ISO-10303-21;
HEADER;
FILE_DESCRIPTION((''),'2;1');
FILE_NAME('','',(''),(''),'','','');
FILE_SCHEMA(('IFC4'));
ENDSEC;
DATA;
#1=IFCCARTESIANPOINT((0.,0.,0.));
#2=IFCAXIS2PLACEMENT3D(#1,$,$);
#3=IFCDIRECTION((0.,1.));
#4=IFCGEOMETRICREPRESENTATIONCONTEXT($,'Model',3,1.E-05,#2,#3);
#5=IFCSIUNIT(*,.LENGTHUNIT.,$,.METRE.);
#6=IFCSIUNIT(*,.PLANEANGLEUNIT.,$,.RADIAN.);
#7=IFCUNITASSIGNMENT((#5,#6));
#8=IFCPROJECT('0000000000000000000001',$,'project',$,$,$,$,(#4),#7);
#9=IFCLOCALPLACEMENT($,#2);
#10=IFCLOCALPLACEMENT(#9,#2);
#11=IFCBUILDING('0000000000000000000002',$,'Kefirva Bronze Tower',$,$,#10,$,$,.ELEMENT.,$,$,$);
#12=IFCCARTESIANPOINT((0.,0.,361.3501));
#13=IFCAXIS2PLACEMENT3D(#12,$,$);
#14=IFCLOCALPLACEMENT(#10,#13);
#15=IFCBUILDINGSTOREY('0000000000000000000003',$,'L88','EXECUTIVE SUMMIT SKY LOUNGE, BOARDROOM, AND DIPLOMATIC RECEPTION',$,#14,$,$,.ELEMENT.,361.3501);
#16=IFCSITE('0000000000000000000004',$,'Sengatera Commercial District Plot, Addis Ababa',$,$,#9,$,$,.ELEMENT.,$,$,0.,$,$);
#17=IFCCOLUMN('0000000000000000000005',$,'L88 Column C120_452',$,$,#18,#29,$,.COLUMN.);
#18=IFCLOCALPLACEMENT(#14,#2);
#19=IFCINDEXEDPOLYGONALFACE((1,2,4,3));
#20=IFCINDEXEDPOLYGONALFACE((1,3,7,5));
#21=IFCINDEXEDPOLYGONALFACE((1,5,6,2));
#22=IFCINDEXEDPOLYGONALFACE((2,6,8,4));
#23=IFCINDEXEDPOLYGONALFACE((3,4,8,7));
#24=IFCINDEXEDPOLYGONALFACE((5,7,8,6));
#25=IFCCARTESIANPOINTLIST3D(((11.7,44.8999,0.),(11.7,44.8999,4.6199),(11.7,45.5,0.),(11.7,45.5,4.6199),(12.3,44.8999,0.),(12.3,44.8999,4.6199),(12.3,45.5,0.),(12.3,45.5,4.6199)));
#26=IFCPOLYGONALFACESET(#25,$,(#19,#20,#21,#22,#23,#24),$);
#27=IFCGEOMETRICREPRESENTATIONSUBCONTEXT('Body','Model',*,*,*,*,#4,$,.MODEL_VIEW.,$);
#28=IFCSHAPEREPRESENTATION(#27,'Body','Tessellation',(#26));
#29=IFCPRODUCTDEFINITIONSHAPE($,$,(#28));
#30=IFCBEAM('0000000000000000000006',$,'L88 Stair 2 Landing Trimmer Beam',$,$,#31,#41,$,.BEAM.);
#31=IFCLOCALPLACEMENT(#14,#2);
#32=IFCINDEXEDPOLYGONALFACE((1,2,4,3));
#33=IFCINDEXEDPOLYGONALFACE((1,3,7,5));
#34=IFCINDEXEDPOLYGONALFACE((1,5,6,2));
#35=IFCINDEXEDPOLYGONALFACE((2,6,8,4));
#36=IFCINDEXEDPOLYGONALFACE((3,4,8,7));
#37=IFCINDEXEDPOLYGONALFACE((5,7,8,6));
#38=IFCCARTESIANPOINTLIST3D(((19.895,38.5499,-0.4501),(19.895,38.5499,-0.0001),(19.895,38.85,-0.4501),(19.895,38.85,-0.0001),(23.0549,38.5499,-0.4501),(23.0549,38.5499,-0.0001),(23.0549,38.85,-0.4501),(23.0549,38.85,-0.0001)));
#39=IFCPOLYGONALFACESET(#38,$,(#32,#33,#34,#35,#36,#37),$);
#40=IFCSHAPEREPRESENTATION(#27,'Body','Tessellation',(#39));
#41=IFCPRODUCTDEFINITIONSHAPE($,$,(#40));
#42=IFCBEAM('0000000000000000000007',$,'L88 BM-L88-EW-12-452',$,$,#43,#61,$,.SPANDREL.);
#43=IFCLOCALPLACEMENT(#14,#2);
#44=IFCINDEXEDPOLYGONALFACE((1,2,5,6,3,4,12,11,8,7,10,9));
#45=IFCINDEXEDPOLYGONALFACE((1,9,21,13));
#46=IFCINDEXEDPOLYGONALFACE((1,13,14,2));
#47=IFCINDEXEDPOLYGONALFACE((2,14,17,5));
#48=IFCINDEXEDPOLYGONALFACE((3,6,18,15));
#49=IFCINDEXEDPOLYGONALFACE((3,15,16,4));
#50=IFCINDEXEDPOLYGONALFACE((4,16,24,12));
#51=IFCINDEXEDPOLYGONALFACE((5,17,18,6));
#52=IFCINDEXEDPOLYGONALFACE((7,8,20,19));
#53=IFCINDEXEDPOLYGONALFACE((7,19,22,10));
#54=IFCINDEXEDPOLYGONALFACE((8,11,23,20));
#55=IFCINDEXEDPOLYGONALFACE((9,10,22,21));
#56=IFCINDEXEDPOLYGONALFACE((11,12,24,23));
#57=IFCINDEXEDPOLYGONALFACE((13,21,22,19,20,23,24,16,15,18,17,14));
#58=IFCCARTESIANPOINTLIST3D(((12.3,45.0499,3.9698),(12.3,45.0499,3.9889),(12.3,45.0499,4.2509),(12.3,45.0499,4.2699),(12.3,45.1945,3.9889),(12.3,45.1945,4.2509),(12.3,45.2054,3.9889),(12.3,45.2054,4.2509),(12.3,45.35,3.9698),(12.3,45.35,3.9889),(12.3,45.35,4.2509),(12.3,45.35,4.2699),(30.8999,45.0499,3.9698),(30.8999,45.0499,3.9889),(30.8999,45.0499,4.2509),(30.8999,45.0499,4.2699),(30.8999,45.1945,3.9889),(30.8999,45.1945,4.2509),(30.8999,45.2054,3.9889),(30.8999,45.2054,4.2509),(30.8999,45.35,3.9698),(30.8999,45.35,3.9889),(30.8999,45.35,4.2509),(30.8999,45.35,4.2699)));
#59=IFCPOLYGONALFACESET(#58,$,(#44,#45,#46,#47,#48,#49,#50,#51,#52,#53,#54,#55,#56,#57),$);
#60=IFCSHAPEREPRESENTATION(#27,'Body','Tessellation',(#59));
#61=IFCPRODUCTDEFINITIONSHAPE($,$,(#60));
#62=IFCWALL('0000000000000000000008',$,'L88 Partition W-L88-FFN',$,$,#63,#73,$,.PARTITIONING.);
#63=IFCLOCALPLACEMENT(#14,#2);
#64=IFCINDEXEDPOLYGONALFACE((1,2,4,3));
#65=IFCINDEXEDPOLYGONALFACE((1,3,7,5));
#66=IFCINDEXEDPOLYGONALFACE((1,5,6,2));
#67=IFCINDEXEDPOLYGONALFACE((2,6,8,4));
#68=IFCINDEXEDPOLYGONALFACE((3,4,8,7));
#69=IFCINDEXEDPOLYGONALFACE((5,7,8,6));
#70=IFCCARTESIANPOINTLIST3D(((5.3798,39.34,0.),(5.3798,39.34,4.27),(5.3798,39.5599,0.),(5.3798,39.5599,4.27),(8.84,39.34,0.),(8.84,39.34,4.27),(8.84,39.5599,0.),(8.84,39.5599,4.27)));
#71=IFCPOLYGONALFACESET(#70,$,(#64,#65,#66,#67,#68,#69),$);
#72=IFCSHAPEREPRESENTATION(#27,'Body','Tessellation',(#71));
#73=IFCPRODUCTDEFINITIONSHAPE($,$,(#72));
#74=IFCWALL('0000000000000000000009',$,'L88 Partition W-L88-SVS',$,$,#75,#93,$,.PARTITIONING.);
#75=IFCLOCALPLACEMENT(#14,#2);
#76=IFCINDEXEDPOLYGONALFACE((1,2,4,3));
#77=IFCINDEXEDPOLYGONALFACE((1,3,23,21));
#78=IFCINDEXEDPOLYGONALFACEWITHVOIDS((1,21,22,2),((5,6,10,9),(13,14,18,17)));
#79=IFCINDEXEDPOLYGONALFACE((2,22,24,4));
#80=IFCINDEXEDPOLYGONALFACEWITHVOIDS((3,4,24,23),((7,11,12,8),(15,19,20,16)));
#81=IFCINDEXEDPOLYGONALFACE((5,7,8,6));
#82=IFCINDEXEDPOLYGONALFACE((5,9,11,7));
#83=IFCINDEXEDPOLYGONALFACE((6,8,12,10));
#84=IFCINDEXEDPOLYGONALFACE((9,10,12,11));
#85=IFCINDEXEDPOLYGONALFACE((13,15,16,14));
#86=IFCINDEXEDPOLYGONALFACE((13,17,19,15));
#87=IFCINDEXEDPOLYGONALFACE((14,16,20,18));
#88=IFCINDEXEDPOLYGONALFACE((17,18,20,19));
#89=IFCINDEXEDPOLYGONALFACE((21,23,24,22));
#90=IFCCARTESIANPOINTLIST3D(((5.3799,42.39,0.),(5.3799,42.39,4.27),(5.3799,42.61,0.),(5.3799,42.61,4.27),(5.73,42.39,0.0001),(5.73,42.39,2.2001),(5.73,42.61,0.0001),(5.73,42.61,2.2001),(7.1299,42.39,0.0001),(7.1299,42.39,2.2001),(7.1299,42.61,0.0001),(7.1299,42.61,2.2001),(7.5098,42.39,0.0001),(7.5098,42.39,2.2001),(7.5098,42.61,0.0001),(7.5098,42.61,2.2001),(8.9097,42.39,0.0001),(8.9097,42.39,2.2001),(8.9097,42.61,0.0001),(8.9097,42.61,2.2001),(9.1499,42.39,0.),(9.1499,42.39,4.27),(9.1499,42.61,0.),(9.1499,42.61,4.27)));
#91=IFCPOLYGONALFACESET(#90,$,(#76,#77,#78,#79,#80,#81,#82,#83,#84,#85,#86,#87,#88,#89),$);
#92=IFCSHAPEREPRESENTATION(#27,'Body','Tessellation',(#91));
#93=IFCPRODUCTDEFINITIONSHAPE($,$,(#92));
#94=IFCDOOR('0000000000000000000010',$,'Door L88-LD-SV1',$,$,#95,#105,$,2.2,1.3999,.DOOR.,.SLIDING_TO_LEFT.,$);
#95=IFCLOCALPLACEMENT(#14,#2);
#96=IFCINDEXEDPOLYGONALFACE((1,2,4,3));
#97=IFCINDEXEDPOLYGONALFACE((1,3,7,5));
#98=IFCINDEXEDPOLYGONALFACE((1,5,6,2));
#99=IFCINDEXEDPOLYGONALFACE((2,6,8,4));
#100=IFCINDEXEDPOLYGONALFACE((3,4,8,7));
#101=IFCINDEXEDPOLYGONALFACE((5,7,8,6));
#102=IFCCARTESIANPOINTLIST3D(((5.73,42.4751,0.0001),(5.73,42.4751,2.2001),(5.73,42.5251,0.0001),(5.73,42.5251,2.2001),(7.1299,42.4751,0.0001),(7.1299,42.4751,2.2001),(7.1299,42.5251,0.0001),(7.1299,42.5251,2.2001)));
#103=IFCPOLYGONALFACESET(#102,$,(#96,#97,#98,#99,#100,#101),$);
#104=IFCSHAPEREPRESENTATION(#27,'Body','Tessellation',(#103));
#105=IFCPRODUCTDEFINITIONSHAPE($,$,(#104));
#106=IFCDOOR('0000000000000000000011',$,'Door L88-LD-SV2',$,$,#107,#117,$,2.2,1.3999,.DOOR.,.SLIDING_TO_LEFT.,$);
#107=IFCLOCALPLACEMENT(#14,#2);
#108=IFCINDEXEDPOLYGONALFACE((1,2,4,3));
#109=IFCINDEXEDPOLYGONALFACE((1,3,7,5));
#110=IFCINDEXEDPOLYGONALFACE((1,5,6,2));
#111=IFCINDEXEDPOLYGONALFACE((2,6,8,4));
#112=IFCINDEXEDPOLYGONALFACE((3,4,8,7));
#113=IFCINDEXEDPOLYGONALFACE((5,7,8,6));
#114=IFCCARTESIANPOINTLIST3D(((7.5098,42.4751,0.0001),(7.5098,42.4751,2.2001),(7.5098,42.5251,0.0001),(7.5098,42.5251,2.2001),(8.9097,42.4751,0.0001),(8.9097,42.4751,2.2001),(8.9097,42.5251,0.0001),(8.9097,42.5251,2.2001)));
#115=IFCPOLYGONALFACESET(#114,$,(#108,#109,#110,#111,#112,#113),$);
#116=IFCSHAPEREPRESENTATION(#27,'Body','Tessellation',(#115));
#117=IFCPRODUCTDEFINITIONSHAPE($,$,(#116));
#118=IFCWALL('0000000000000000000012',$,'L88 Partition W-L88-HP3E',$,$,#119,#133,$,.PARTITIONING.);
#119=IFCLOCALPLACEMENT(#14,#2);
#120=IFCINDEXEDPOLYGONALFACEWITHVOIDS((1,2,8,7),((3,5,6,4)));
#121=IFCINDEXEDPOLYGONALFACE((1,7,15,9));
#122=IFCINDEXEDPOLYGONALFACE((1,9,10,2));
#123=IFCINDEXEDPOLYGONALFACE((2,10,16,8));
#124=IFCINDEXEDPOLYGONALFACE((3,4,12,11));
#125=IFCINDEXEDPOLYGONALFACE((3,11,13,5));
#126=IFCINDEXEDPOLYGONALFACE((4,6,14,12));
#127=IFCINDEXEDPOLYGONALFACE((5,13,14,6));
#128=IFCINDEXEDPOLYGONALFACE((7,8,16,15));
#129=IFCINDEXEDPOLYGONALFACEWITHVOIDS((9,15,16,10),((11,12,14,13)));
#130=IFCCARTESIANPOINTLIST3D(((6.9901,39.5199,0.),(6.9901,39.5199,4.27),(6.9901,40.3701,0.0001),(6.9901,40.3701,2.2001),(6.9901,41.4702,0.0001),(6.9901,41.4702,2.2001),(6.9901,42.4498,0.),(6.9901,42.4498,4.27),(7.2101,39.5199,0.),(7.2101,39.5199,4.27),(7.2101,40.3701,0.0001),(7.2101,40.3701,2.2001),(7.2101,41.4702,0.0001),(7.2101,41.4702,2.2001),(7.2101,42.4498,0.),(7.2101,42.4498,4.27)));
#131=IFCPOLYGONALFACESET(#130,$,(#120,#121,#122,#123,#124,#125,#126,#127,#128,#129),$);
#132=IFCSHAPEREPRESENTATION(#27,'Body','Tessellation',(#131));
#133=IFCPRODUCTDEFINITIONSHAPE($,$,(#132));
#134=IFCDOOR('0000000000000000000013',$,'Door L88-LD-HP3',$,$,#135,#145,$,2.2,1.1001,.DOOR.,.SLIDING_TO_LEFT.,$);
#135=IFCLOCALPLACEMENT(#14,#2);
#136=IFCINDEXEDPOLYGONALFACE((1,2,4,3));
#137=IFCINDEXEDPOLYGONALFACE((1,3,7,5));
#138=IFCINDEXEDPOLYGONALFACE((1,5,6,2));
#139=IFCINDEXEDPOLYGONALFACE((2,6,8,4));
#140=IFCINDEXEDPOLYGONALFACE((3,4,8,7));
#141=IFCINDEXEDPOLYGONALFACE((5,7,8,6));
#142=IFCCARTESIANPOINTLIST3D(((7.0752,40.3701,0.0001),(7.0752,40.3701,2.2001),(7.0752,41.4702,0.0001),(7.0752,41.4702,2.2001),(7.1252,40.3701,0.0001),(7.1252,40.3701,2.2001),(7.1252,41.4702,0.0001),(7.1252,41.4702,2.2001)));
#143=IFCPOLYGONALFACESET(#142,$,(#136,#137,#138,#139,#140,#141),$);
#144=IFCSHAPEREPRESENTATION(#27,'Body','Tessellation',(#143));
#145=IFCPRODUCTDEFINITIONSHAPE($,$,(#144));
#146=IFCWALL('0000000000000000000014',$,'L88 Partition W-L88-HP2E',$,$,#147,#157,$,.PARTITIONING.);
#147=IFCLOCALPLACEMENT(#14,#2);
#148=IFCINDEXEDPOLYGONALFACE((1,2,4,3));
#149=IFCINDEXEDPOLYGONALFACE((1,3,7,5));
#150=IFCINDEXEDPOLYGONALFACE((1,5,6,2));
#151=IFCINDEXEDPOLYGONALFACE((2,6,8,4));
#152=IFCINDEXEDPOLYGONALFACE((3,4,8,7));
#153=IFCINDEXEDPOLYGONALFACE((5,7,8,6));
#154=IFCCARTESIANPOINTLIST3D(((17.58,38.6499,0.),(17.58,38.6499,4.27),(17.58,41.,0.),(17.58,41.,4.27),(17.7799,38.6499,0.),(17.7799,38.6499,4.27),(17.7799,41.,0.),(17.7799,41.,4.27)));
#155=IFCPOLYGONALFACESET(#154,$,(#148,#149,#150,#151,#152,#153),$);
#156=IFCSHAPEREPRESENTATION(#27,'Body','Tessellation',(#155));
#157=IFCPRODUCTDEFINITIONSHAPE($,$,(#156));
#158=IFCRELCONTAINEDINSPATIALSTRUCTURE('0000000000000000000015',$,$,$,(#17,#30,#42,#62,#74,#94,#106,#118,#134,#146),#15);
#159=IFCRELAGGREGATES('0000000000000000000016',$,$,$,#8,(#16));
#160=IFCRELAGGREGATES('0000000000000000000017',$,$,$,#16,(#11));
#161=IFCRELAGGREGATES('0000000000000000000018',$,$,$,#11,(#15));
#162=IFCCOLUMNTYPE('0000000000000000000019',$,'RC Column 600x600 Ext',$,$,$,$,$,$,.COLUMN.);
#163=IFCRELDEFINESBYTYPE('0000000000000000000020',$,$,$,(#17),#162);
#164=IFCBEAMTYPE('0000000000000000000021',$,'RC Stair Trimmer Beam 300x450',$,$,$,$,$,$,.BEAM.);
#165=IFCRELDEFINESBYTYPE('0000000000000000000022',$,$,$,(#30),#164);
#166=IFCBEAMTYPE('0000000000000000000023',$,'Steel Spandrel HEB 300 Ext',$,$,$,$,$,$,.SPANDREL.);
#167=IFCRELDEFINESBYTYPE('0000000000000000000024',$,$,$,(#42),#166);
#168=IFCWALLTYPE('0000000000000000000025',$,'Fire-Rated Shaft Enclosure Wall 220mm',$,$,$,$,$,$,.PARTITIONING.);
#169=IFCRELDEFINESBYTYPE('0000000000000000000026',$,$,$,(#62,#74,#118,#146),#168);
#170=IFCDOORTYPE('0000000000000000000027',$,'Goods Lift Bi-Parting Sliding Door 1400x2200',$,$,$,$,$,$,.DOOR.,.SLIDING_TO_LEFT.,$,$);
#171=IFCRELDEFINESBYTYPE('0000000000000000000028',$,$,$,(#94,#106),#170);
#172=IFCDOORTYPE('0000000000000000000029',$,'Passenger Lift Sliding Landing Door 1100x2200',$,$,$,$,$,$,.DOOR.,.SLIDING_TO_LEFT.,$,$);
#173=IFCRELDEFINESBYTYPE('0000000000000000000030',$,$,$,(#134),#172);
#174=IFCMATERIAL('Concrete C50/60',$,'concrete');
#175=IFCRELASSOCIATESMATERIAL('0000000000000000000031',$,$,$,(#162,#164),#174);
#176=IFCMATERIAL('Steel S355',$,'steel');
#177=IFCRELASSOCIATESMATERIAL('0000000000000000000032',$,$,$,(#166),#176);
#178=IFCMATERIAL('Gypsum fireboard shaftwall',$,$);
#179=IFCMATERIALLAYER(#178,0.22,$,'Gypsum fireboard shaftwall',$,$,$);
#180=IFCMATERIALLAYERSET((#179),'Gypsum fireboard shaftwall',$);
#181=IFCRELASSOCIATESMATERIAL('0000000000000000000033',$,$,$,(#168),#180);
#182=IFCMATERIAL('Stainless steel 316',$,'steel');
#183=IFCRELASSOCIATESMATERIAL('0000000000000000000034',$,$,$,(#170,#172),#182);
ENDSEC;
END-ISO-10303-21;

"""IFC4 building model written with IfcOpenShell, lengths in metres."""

from ifc_helpers import new_model, si_unit, direction, frame, frame_2d, origin, origin_2d, place, context, subcontext, project, spatial, rectangle, i_section, extrude, material, layer, layer_set, material_profile, profile_set, type_object, element, fill, save


model = new_model("IFC4")

# Units and contexts
model_context = context("Model", 3, precision=1e-05, world=origin(), true_north=direction((0.0, 1.0)))
body_context = subcontext(model_context, "Body", "Model", "MODEL_VIEW")
ifc_project = project(units=[si_unit("LENGTHUNIT", "METRE"), si_unit("PLANEANGLEUNIT", "RADIAN")], contexts=[model_context])

# Site, building, storey
site_placement = place(None, origin())
site = spatial("IfcSite", under=ifc_project, at=site_placement, Name="Sengatera Commercial District Plot, Addis Ababa", CompositionType="ELEMENT", RefElevation=0.0)
building_placement = place(site_placement, origin())
building = spatial("IfcBuilding", under=site, at=building_placement, Name="Kefirva Bronze Tower", CompositionType="ELEMENT")
storey_placement = place(building_placement, frame((0.0, 0.0, 361.3501)))
storey = spatial("IfcBuildingStorey", under=building, at=storey_placement, Name="L88", Description="EXECUTIVE SUMMIT SKY LOUNGE, BOARDROOM, AND DIPLOMATIC RECEPTION", CompositionType="ELEMENT", Elevation=361.3501)

# Column
ifc_material_1 = material(Name="Concrete C50/60", Category="concrete")
ifc_material_profile_1 = material_profile(ifc_material_1, rectangle(XDim=0.6001, YDim=0.6001, at=origin_2d()), Name="RC 600x600")
ifc_profile_set_1 = profile_set([ifc_material_profile_1], Name="Concrete C50/60")
column_type = type_object("IfcColumnType", Name="RC Column 600x600 Ext", PredefinedType="COLUMN", material=ifc_profile_set_1)
column_placement = place(storey_placement, frame((12.0, 45.2, 0.0), z_axis=(0.0, 0.0, 1.0), x_axis=(1.0, 0.0, 0.0)))
element("IfcColumn", 1, at=column_placement, inside=storey, type_object=column_type, Name="L88 Column C120_452", PredefinedType="COLUMN", context=body_context, shape_type="SweptSolid", body=[
    extrude(rectangle(XDim=0.6001, YDim=0.6001, at=origin_2d()), origin(), (0.0, 0.0, 1.0), 4.6199),
])

# Beams
ifc_material_profile_2 = material_profile(ifc_material_1, rectangle(XDim=0.3, YDim=0.45, at=origin_2d()), Name="RC 300x450")
ifc_profile_set_2 = profile_set([ifc_material_profile_2], Name="Concrete C50/60")
beam_type_1 = type_object("IfcBeamType", Name="RC Stair Trimmer Beam 300x450", PredefinedType="BEAM", material=ifc_profile_set_2)
beam_1_placement = place(storey_placement, frame((19.895, 38.7, -0.2251), z_axis=(1.0, 0.0, 0.0), x_axis=(0.0, 1.0, 0.0)))
element("IfcBeam", 2, at=beam_1_placement, inside=storey, type_object=beam_type_1, Name="L88 Stair 2 Landing Trimmer Beam", PredefinedType="BEAM", context=body_context, shape_type="SweptSolid", body=[
    extrude(rectangle(XDim=0.3, YDim=0.45, at=origin_2d()), origin(), (0.0, 0.0, 1.0), 3.1599),
])
ifc_material_2 = material(Name="Steel S355", Category="steel")
ifc_material_profile_3 = material_profile(ifc_material_2, i_section(OverallWidth=0.3, OverallDepth=0.3, WebThickness=0.011, FlangeThickness=0.019, at=origin_2d()), Name="HEB 300")
ifc_profile_set_3 = profile_set([ifc_material_profile_3], Name="Steel S355")
beam_type_2 = type_object("IfcBeamType", Name="Steel Spandrel HEB 300 Ext", PredefinedType="SPANDREL", material=ifc_profile_set_3)
beam_2_placement = place(storey_placement, frame((12.3, 45.2, 4.1199), z_axis=(1.0, 0.0, 0.0), x_axis=(0.0, 1.0, 0.0)))
element("IfcBeam", 3, at=beam_2_placement, inside=storey, type_object=beam_type_2, Name="L88 BM-L88-EW-12-452", PredefinedType="SPANDREL", context=body_context, shape_type="SweptSolid", body=[
    extrude(i_section(OverallWidth=0.3, OverallDepth=0.3, WebThickness=0.011, FlangeThickness=0.019, at=origin_2d()), origin(), (0.0, 0.0, 1.0), 18.5999),
])

# Wall
ifc_material_3 = material(Name="Gypsum fireboard shaftwall")
ifc_layer_1 = layer(ifc_material_3, 0.22, Name="Gypsum fireboard shaftwall")
ifc_layer_set_1 = layer_set([ifc_layer_1], Name="Gypsum fireboard shaftwall")
wall_type_1 = type_object("IfcWallType", Name="Fire-Rated Shaft Enclosure Wall 220mm", PredefinedType="PARTITIONING", material=ifc_layer_set_1)
wall_1_placement = place(storey_placement, frame((5.3799, 39.45, 0.0), z_axis=(0.0, 0.0, 1.0), x_axis=(1.0, 0.0, 0.0)))
element("IfcWall", 4, at=wall_1_placement, inside=storey, type_object=wall_type_1, Name="L88 Partition W-L88-FFN", PredefinedType="PARTITIONING", context=body_context, shape_type="SweptSolid", body=[
    extrude(rectangle(XDim=3.4602, YDim=0.22, at=frame_2d((1.73, 0.0))), origin(), (0.0, 0.0, 1.0), 4.27),
])

# Wall, openings, doors
wall_2_placement = place(storey_placement, frame((5.3799, 42.5, 0.0), z_axis=(0.0, 0.0, 1.0), x_axis=(1.0, 0.0, 0.0)))
wall_2 = element("IfcWall", 5, at=wall_2_placement, inside=storey, type_object=wall_type_1, Name="L88 Partition W-L88-SVS", PredefinedType="PARTITIONING", context=body_context, shape_type="SweptSolid", body=[
    extrude(rectangle(XDim=3.77, YDim=0.22, at=frame_2d((1.885, 0.0))), origin(), (0.0, 0.0, 1.0), 4.27),
])
opening_1_placement = place(wall_2_placement, frame((1.75, 0.0, 0.0), z_axis=(0.0, 0.0, 1.0), x_axis=(-1.0, 0.0, 0.0)))
opening_1 = element("IfcOpeningElement", 6, at=opening_1_placement, cuts=wall_2, PredefinedType="OPENING", context=body_context, shape_type="SweptSolid", body=[
    extrude(rectangle(XDim=1.3999, YDim=2.2, at=frame_2d((0.7, 1.1001))), frame((0.0, 0.1201, 0.0), z_axis=(0.0, -1.0, 0.0), x_axis=(1.0, 0.0, 0.0)), (0.0, 0.0, 1.0), 0.24),
])
opening_2_placement = place(wall_2_placement, frame((3.5298, 0.0, 0.0), z_axis=(0.0, 0.0, 1.0), x_axis=(-1.0, 0.0, 0.0)))
opening_2 = element("IfcOpeningElement", 7, at=opening_2_placement, cuts=wall_2, PredefinedType="OPENING", context=body_context, shape_type="SweptSolid", body=[
    extrude(rectangle(XDim=1.3999, YDim=2.2, at=frame_2d((0.7, 1.1001))), frame((0.0, 0.1201, 0.0), z_axis=(0.0, -1.0, 0.0), x_axis=(1.0, 0.0, 0.0)), (0.0, 0.0, 1.0), 0.24),
])
ifc_material_4 = material(Name="Stainless steel 316", Category="steel")
door_type_1 = type_object("IfcDoorType", Name="Goods Lift Bi-Parting Sliding Door 1400x2200", OperationType="SLIDING_TO_LEFT", PredefinedType="DOOR", material=ifc_material_4)
door_1_placement = place(opening_1_placement, origin())
door_1 = element("IfcDoor", 8, at=door_1_placement, inside=storey, type_object=door_type_1, Name="Door L88-LD-SV1", OperationType="SLIDING_TO_LEFT", OverallHeight=2.2, OverallWidth=1.3999, PredefinedType="DOOR", context=body_context, shape_type="SweptSolid", body=[
    extrude(rectangle(XDim=1.3999, YDim=2.2, at=frame_2d((0.7, 1.1001))), frame((0.0, 0.0249, 0.0), z_axis=(0.0, -1.0, 0.0), x_axis=(1.0, 0.0, 0.0)), (0.0, 0.0, 1.0), 0.05),
])
fill(opening_1, door_1)
door_2_placement = place(opening_2_placement, origin())
door_2 = element("IfcDoor", 9, at=door_2_placement, inside=storey, type_object=door_type_1, Name="Door L88-LD-SV2", OperationType="SLIDING_TO_LEFT", OverallHeight=2.2, OverallWidth=1.3999, PredefinedType="DOOR", context=body_context, shape_type="SweptSolid", body=[
    extrude(rectangle(XDim=1.3999, YDim=2.2, at=frame_2d((0.7, 1.1001))), frame((0.0, 0.0249, 0.0), z_axis=(0.0, -1.0, 0.0), x_axis=(1.0, 0.0, 0.0)), (0.0, 0.0, 1.0), 0.05),
])
fill(opening_2, door_2)

# Wall, opening, door
wall_3_placement = place(storey_placement, frame((7.1001, 39.52, 0.0), z_axis=(0.0, 0.0, 1.0), x_axis=(0.0, 1.0, 0.0)))
wall_3 = element("IfcWall", 10, at=wall_3_placement, inside=storey, type_object=wall_type_1, Name="L88 Partition W-L88-HP3E", PredefinedType="PARTITIONING", context=body_context, shape_type="SweptSolid", body=[
    extrude(rectangle(XDim=2.9299, YDim=0.22, at=frame_2d((1.4648, 0.0))), origin(), (0.0, 0.0, 1.0), 4.27),
])
opening_3_placement = place(wall_3_placement, frame((0.8501, 0.0, 0.0)))
opening_3 = element("IfcOpeningElement", 11, at=opening_3_placement, cuts=wall_3, PredefinedType="OPENING", context=body_context, shape_type="SweptSolid", body=[
    extrude(rectangle(XDim=1.1001, YDim=2.2, at=frame_2d((0.55, 1.1001))), frame((0.0, 0.1201, 0.0), z_axis=(0.0, -1.0, 0.0), x_axis=(1.0, 0.0, 0.0)), (0.0, 0.0, 1.0), 0.24),
])
door_type_2 = type_object("IfcDoorType", Name="Passenger Lift Sliding Landing Door 1100x2200", OperationType="SLIDING_TO_LEFT", PredefinedType="DOOR", material=ifc_material_4)
door_3_placement = place(opening_3_placement, origin())
door_3 = element("IfcDoor", 12, at=door_3_placement, inside=storey, type_object=door_type_2, Name="Door L88-LD-HP3", OperationType="SLIDING_TO_LEFT", OverallHeight=2.2, OverallWidth=1.1001, PredefinedType="DOOR", context=body_context, shape_type="SweptSolid", body=[
    extrude(rectangle(XDim=1.1001, YDim=2.2, at=frame_2d((0.55, 1.1001))), frame((0.0, 0.0249, 0.0), z_axis=(0.0, -1.0, 0.0), x_axis=(1.0, 0.0, 0.0)), (0.0, 0.0, 1.0), 0.05),
])
fill(opening_3, door_3)

# Wall
wall_4_placement = place(storey_placement, frame((17.6799, 38.6499, 0.0), z_axis=(0.0, 0.0, 1.0), x_axis=(0.0, 1.0, 0.0)))
element("IfcWall", 13, at=wall_4_placement, inside=storey, type_object=wall_type_1, Name="L88 Partition W-L88-HP2E", PredefinedType="PARTITIONING", context=body_context, shape_type="SweptSolid", body=[
    extrude(rectangle(XDim=2.3501, YDim=0.2, at=frame_2d((1.175, 0.0))), origin(), (0.0, 0.0, 1.0), 4.27),
])

save(model, "model.ifc")
